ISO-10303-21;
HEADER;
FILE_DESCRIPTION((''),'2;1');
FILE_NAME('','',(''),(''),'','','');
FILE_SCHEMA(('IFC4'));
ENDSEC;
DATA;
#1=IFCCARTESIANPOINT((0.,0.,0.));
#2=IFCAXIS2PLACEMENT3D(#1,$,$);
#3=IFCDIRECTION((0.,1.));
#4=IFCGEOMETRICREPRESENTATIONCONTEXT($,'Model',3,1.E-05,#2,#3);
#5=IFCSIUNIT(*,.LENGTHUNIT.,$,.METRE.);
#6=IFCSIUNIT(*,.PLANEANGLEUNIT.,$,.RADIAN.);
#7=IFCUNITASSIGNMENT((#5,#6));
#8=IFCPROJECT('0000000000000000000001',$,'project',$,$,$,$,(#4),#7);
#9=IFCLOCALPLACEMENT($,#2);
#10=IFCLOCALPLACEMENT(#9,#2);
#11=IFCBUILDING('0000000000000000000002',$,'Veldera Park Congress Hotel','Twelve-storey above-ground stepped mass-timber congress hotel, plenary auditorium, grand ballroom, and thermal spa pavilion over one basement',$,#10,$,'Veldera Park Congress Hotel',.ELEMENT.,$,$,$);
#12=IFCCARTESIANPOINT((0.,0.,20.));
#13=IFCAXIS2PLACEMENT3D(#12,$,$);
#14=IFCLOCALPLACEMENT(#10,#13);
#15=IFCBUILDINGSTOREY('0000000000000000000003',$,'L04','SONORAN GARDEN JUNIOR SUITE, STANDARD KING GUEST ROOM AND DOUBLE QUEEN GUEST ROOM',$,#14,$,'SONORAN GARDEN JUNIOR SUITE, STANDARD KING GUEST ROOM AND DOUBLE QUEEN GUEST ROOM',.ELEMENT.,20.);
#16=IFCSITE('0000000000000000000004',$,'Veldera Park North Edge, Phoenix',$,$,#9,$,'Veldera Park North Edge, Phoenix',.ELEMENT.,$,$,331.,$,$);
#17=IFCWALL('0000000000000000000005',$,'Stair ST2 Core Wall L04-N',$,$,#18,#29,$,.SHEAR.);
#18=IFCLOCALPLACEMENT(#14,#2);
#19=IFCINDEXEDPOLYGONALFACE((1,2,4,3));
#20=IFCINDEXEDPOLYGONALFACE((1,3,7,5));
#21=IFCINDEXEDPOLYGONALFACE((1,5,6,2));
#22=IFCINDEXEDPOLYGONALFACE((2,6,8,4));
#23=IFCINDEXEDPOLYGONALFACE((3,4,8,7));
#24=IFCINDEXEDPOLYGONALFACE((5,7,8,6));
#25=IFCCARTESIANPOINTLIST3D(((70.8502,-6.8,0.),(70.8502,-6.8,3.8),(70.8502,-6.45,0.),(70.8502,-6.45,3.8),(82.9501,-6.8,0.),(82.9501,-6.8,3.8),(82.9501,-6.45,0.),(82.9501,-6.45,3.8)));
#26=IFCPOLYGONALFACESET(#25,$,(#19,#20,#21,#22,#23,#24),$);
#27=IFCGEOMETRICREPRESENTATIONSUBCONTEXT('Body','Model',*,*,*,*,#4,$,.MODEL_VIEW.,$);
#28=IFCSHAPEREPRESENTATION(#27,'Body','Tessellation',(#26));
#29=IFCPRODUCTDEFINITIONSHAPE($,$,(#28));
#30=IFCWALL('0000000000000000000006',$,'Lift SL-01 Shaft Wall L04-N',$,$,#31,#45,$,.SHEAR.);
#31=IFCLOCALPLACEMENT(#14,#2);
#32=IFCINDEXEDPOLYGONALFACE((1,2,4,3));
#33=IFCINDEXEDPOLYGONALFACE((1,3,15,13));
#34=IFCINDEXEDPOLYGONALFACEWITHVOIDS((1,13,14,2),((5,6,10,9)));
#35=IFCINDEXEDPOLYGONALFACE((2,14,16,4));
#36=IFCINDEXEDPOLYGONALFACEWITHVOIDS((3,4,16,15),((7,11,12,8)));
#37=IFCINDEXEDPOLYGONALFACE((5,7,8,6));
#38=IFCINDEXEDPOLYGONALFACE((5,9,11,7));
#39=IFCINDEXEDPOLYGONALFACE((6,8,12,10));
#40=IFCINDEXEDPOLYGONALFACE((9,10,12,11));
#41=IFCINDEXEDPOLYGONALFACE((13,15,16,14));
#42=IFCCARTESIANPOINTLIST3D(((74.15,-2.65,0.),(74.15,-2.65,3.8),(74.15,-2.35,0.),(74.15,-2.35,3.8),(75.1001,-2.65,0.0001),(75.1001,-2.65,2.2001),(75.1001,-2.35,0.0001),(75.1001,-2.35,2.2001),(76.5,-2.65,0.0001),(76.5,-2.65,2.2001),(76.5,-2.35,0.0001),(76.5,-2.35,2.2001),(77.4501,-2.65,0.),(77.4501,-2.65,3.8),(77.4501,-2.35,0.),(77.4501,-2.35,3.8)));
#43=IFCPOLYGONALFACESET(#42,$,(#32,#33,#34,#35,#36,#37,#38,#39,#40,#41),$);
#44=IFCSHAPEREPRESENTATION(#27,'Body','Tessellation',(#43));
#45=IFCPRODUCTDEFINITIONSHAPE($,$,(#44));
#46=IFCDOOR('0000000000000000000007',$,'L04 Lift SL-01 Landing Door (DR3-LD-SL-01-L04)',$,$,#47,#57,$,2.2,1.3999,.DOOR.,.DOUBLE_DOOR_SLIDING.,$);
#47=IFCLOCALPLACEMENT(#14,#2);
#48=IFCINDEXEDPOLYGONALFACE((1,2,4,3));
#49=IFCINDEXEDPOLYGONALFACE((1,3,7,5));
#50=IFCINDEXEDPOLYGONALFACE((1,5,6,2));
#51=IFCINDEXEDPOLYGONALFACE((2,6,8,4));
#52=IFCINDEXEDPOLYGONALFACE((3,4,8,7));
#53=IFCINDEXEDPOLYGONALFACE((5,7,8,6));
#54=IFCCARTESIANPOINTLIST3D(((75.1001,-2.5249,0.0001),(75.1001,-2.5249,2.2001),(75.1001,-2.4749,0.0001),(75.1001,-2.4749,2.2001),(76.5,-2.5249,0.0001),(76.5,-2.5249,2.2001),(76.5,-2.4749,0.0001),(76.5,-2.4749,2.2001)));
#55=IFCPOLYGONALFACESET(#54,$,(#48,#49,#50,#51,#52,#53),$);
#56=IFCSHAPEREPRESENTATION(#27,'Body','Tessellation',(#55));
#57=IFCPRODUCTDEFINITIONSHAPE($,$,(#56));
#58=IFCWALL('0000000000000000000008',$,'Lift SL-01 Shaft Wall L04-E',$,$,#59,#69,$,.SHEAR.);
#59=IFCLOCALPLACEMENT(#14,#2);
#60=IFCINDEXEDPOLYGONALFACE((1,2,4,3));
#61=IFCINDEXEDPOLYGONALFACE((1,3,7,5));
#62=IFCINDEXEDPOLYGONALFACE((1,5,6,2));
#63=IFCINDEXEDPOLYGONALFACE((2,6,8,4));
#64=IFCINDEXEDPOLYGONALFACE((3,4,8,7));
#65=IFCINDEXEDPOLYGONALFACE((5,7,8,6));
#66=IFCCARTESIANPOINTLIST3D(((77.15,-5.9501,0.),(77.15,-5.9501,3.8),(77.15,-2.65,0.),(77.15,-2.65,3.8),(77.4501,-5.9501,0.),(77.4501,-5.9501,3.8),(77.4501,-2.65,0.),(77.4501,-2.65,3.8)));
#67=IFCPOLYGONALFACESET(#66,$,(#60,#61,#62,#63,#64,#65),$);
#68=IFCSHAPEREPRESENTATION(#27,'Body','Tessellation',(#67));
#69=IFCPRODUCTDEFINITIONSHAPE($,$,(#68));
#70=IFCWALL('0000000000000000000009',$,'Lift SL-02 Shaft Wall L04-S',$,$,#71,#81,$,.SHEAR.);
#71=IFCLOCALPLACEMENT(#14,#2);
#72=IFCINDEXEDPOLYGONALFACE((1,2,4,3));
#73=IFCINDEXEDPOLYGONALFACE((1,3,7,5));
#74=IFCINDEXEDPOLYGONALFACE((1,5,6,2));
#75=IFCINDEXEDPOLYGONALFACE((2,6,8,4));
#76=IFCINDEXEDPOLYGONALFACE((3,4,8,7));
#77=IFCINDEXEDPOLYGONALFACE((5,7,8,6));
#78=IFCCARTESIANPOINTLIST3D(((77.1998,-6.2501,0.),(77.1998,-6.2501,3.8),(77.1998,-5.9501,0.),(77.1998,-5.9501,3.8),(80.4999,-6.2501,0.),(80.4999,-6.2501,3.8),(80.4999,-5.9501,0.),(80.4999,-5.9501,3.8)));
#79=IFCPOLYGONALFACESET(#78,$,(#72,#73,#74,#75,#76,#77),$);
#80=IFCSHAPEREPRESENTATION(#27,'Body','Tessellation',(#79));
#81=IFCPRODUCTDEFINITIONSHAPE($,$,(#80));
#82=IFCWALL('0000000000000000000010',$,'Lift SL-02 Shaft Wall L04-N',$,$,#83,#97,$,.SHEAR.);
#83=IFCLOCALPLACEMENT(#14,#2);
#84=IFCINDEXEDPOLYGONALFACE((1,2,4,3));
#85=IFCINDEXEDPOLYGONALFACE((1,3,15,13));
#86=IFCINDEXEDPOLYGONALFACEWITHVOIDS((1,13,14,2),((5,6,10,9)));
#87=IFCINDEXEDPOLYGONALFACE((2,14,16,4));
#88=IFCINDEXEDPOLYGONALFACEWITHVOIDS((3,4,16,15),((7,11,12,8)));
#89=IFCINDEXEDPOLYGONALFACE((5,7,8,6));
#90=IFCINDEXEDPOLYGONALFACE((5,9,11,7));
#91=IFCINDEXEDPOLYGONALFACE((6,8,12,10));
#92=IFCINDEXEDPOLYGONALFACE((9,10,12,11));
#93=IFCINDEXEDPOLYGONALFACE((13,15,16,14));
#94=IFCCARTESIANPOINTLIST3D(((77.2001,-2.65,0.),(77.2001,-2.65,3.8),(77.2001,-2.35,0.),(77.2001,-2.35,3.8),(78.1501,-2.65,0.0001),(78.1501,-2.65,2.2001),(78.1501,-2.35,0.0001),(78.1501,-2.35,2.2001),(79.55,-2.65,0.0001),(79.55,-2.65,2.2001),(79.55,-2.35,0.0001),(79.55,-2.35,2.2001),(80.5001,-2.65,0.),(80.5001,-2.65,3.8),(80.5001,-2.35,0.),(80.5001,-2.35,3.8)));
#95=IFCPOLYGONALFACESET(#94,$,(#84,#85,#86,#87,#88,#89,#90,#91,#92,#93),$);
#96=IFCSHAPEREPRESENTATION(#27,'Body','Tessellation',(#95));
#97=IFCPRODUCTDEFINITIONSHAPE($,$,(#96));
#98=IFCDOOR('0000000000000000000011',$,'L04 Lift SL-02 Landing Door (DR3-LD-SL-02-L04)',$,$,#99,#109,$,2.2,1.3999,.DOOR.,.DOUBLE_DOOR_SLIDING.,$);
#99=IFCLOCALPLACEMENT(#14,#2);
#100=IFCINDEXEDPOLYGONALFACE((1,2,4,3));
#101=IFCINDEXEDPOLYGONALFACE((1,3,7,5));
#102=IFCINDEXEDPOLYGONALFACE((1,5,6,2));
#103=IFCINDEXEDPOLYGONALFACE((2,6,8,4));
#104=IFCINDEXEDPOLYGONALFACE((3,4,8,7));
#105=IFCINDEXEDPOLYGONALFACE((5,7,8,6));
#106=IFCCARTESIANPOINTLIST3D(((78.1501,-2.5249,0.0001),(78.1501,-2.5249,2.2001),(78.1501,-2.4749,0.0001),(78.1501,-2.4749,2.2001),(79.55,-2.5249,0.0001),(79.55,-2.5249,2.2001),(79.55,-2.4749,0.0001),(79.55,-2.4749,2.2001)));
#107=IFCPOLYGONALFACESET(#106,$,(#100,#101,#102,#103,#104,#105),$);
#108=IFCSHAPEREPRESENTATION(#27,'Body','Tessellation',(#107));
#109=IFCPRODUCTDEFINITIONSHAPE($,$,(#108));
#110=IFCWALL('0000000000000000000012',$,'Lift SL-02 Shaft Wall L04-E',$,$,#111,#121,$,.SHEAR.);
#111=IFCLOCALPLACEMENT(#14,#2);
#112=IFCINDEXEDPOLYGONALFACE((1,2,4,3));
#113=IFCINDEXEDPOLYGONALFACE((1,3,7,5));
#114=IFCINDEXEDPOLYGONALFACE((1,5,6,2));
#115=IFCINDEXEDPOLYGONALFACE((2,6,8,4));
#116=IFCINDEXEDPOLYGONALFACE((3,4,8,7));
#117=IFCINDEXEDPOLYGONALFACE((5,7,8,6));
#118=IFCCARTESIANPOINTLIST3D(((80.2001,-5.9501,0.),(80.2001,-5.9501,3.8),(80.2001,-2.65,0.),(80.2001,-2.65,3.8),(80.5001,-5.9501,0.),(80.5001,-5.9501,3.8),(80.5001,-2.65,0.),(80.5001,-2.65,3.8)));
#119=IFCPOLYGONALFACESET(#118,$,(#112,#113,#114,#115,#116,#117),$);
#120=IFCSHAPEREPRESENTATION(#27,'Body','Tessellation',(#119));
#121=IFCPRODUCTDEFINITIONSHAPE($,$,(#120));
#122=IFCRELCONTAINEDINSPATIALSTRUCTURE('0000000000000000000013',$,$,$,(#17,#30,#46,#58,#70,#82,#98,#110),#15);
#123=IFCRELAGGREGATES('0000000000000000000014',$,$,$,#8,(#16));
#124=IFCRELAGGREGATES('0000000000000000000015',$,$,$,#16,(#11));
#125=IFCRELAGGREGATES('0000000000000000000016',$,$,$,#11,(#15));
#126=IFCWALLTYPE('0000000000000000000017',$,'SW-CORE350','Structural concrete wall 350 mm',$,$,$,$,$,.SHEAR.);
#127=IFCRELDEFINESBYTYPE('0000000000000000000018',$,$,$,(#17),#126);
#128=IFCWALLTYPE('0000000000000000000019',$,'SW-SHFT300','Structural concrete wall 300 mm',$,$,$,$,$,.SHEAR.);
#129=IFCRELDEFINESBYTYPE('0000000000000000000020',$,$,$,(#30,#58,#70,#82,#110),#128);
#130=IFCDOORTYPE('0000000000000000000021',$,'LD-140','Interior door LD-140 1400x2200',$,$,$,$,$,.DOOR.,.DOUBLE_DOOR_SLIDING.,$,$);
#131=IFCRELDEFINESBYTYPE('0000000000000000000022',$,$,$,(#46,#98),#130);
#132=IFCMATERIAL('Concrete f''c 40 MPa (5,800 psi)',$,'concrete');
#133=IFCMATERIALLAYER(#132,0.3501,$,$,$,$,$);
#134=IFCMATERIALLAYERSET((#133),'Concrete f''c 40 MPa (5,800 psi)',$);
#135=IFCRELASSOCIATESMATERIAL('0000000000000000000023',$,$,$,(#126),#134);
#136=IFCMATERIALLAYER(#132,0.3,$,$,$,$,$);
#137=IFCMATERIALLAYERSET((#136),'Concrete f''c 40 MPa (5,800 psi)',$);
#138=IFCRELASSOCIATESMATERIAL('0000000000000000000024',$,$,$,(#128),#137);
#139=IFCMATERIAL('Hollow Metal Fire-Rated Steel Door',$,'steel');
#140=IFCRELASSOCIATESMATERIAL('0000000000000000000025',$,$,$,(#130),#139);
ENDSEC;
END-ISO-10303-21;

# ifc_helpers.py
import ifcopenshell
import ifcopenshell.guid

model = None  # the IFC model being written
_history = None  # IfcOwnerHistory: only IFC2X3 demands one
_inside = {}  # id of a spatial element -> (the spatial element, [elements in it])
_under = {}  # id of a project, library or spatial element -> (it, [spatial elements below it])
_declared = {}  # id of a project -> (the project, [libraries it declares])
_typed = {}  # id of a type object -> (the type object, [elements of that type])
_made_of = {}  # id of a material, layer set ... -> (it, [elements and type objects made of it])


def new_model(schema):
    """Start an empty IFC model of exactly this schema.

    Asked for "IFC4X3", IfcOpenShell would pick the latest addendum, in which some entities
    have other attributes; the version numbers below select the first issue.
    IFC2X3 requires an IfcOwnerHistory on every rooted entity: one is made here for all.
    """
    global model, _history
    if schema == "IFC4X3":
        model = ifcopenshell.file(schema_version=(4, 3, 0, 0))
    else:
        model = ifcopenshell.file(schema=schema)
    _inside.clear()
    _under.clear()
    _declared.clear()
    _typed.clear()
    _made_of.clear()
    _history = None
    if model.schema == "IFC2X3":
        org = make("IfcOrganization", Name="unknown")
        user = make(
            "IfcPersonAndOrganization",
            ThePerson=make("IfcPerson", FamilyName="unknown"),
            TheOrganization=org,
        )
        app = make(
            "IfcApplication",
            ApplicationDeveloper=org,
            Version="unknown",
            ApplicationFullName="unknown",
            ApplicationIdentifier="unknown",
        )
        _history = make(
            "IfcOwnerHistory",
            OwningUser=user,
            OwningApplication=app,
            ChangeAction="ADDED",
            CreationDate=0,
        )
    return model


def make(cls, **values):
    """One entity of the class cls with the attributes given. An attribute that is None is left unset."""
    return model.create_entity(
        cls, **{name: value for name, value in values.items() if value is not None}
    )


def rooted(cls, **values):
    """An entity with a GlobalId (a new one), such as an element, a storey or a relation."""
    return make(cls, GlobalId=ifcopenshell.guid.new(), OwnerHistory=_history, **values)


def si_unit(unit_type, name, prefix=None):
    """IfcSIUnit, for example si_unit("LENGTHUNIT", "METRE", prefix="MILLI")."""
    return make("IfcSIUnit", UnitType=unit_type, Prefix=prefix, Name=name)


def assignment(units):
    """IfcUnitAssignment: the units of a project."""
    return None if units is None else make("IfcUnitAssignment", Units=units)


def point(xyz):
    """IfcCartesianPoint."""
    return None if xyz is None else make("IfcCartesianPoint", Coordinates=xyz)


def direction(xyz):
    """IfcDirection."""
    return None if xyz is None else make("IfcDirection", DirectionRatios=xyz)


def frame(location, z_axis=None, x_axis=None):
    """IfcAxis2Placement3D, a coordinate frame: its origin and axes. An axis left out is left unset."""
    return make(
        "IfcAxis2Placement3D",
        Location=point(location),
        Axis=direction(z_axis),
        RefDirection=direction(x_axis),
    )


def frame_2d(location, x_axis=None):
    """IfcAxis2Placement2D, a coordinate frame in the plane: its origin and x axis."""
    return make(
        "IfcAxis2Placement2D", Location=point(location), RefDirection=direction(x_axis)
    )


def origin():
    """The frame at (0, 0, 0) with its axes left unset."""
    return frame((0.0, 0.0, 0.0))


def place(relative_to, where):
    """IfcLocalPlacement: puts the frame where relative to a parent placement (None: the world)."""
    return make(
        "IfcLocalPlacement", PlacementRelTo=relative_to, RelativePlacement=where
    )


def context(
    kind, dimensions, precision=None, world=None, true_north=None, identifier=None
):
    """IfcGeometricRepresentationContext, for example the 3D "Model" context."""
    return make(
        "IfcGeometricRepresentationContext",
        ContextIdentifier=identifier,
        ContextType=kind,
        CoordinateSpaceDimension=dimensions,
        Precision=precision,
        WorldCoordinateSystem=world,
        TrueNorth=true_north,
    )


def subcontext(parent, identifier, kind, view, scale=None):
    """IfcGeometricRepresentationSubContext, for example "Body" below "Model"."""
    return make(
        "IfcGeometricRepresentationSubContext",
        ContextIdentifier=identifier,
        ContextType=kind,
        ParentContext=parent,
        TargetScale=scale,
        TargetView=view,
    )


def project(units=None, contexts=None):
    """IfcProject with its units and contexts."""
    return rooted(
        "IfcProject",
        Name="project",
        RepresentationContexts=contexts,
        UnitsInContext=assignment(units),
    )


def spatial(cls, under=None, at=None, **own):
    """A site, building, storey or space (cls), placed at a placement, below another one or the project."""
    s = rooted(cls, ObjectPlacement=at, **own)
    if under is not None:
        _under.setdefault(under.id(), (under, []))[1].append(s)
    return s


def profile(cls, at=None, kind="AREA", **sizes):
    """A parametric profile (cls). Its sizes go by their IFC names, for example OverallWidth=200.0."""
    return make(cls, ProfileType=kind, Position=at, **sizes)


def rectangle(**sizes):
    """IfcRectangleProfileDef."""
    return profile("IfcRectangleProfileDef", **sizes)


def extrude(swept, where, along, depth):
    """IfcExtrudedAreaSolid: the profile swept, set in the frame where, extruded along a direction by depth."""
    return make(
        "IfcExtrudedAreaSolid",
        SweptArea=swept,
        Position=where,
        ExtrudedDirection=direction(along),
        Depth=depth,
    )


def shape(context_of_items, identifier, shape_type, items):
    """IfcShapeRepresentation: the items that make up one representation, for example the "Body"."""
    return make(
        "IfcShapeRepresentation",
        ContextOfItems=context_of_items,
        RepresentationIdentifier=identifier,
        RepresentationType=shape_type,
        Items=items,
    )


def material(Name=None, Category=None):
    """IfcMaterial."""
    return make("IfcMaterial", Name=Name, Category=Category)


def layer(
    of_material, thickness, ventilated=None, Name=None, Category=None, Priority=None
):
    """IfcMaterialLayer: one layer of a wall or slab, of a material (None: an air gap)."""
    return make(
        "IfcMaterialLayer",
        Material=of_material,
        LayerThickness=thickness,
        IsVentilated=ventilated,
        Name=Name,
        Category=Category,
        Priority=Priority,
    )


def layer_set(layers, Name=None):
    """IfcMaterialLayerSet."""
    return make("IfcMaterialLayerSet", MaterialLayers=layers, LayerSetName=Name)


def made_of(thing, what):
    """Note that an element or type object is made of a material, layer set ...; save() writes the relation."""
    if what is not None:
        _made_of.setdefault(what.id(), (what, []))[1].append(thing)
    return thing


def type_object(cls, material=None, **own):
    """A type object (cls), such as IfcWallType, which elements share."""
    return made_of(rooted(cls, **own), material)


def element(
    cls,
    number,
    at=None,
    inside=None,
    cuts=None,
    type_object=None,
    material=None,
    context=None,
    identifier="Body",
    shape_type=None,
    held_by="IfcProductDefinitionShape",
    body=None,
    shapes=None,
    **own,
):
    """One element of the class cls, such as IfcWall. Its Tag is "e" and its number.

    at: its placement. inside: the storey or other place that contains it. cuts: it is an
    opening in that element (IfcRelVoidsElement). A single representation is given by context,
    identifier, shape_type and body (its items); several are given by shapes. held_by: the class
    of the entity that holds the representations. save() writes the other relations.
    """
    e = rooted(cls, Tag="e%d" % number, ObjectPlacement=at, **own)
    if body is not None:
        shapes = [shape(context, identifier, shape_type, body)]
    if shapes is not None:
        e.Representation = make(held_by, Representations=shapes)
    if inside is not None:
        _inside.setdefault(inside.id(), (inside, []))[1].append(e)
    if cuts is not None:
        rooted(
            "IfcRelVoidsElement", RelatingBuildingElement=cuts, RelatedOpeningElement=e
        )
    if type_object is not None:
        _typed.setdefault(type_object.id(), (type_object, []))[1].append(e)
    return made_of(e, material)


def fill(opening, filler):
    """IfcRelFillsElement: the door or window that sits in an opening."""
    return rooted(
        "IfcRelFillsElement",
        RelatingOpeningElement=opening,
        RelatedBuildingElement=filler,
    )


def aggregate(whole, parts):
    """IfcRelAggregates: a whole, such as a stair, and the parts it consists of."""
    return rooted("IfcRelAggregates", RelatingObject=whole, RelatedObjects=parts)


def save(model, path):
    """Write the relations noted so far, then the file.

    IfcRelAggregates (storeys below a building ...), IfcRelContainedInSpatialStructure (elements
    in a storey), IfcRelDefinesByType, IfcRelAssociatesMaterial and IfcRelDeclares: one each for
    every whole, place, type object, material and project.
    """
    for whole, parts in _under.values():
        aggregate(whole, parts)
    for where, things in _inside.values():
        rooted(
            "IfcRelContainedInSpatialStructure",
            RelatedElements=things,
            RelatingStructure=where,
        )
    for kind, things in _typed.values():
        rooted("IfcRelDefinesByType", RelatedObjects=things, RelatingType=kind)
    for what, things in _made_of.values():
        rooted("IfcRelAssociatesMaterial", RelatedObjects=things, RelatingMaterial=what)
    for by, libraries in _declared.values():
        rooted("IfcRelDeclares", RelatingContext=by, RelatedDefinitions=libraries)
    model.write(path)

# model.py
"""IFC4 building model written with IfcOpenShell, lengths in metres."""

from ifc_helpers import new_model, si_unit, direction, frame, frame_2d, origin, place, context, subcontext, project, spatial, rectangle, extrude, material, layer, layer_set, type_object, element, fill, save


model = new_model("IFC4")

# Units and contexts
model_context = context("Model", 3, precision=1e-05, world=origin(), true_north=direction((0.0, 1.0)))
body_context = subcontext(model_context, "Body", "Model", "MODEL_VIEW")
ifc_project = project(units=[si_unit("LENGTHUNIT", "METRE"), si_unit("PLANEANGLEUNIT", "RADIAN")], contexts=[model_context])

# Site, building, storey
site_placement = place(None, origin())
site = spatial("IfcSite", under=ifc_project, at=site_placement, Name="Veldera Park North Edge, Phoenix", LongName="Veldera Park North Edge, Phoenix", CompositionType="ELEMENT", RefElevation=331.0)
building_placement = place(site_placement, origin())
building = spatial("IfcBuilding", under=site, at=building_placement, Name="Veldera Park Congress Hotel", Description="Twelve-storey above-ground stepped mass-timber congress hotel, plenary auditorium, grand ballroom, and thermal spa pavilion over one basement", LongName="Veldera Park Congress Hotel", CompositionType="ELEMENT")
storey_placement = place(building_placement, frame((0.0, 0.0, 20.0)))
storey = spatial("IfcBuildingStorey", under=building, at=storey_placement, Name="L04", Description="SONORAN GARDEN JUNIOR SUITE, STANDARD KING GUEST ROOM AND DOUBLE QUEEN GUEST ROOM", LongName="SONORAN GARDEN JUNIOR SUITE, STANDARD KING GUEST ROOM AND DOUBLE QUEEN GUEST ROOM", CompositionType="ELEMENT", Elevation=20.0)

# Wall
ifc_material_1 = material(Name="Concrete f'c 40 MPa (5,800 psi)", Category="concrete")
ifc_layer_1 = layer(ifc_material_1, 0.3501)
ifc_layer_set_1 = layer_set([ifc_layer_1], Name="Concrete f'c 40 MPa (5,800 psi)")
wall_type_1 = type_object("IfcWallType", Name="SW-CORE350", Description="Structural concrete wall 350 mm", PredefinedType="SHEAR", material=ifc_layer_set_1)
wall_1_placement = place(storey_placement, frame((82.95, -6.625, 0.0), z_axis=(0.0, 0.0, 1.0), x_axis=(-1.0, 0.0, 0.0)))
element("IfcWall", 1, at=wall_1_placement, inside=storey, type_object=wall_type_1, Name="Stair ST2 Core Wall L04-N", PredefinedType="SHEAR", context=body_context, shape_type="SweptSolid", body=[
    extrude(rectangle(XDim=12.0999, YDim=0.3501, at=frame_2d((6.0498, 0.0))), origin(), (0.0, 0.0, 1.0), 3.8),
])

# Wall, opening, door
ifc_layer_2 = layer(ifc_material_1, 0.3)
ifc_layer_set_2 = layer_set([ifc_layer_2], Name="Concrete f'c 40 MPa (5,800 psi)")
wall_type_2 = type_object("IfcWallType", Name="SW-SHFT300", Description="Structural concrete wall 300 mm", PredefinedType="SHEAR", material=ifc_layer_set_2)
wall_2_placement = place(storey_placement, frame((77.45, -2.5, 0.0), z_axis=(0.0, 0.0, 1.0), x_axis=(-1.0, 0.0, 0.0)))
wall_2 = element("IfcWall", 2, at=wall_2_placement, inside=storey, type_object=wall_type_2, Name="Lift SL-01 Shaft Wall L04-N", PredefinedType="SHEAR", context=body_context, shape_type="SweptSolid", body=[
    extrude(rectangle(XDim=3.3, YDim=0.3, at=frame_2d((1.6499, 0.0))), origin(), (0.0, 0.0, 1.0), 3.8),
])
opening_1_placement = place(wall_2_placement, frame((0.95, 0.0, 0.0)))
opening_1 = element("IfcOpeningElement", 3, at=opening_1_placement, cuts=wall_2, PredefinedType="OPENING", context=body_context, shape_type="SweptSolid", body=[
    extrude(rectangle(XDim=1.3999, YDim=2.2, at=frame_2d((0.7, 1.1001))), frame((0.0, 0.1621, 0.0), z_axis=(0.0, -1.0, 0.0), x_axis=(1.0, 0.0, 0.0)), (0.0, 0.0, 1.0), 0.324),
])
ifc_material_2 = material(Name="Hollow Metal Fire-Rated Steel Door", Category="steel")
door_type = type_object("IfcDoorType", Name="LD-140", Description="Interior door LD-140 1400x2200", OperationType="DOUBLE_DOOR_SLIDING", PredefinedType="DOOR", material=ifc_material_2)
door_1_placement = place(opening_1_placement, origin())
door_1 = element("IfcDoor", 4, at=door_1_placement, inside=storey, type_object=door_type, Name="L04 Lift SL-01 Landing Door (DR3-LD-SL-01-L04)", OperationType="DOUBLE_DOOR_SLIDING", OverallHeight=2.2, OverallWidth=1.3999, PredefinedType="DOOR", context=body_context, shape_type="SweptSolid", body=[
    extrude(rectangle(XDim=1.3999, YDim=2.2, at=frame_2d((0.7, 1.1001))), frame((0.0, 0.0249, 0.0), z_axis=(0.0, -1.0, 0.0), x_axis=(1.0, 0.0, 0.0)), (0.0, 0.0, 1.0), 0.05),
])
fill(opening_1, door_1)

# Walls
for number, where, z_axis, x_axis, name in (
    (5, (77.3, -5.95, 0.0), (0.0, 0.0, 1.0), (0.0, 1.0, 0.0), "Lift SL-01 Shaft Wall L04-E"),
    (6, (77.2, -6.1001, 0.0), (0.0, 0.0, 1.0), (1.0, 0.0, 0.0), "Lift SL-02 Shaft Wall L04-S"),
):
    element("IfcWall", number, at=place(storey_placement, frame(where, z_axis=z_axis, x_axis=x_axis)), inside=storey, type_object=wall_type_2, Name=name, PredefinedType="SHEAR", context=body_context, shape_type="SweptSolid", body=[
        extrude(rectangle(XDim=3.3, YDim=0.3, at=frame_2d((1.6499, 0.0))), origin(), (0.0, 0.0, 1.0), 3.8),
    ])

# Wall, opening, door
wall_3_placement = place(storey_placement, frame((80.5, -2.5, 0.0), z_axis=(0.0, 0.0, 1.0), x_axis=(-1.0, 0.0, 0.0)))
wall_3 = element("IfcWall", 7, at=wall_3_placement, inside=storey, type_object=wall_type_2, Name="Lift SL-02 Shaft Wall L04-N", PredefinedType="SHEAR", context=body_context, shape_type="SweptSolid", body=[
    extrude(rectangle(XDim=3.3, YDim=0.3, at=frame_2d((1.6499, 0.0))), origin(), (0.0, 0.0, 1.0), 3.8),
])
opening_2_placement = place(wall_3_placement, frame((0.95, 0.0, 0.0)))
opening_2 = element("IfcOpeningElement", 8, at=opening_2_placement, cuts=wall_3, PredefinedType="OPENING", context=body_context, shape_type="SweptSolid", body=[
    extrude(rectangle(XDim=1.3999, YDim=2.2, at=frame_2d((0.7, 1.1001))), frame((0.0, 0.1621, 0.0), z_axis=(0.0, -1.0, 0.0), x_axis=(1.0, 0.0, 0.0)), (0.0, 0.0, 1.0), 0.324),
])
door_2_placement = place(opening_2_placement, origin())
door_2 = element("IfcDoor", 9, at=door_2_placement, inside=storey, type_object=door_type, Name="L04 Lift SL-02 Landing Door (DR3-LD-SL-02-L04)", OperationType="DOUBLE_DOOR_SLIDING", OverallHeight=2.2, OverallWidth=1.3999, PredefinedType="DOOR", context=body_context, shape_type="SweptSolid", body=[
    extrude(rectangle(XDim=1.3999, YDim=2.2, at=frame_2d((0.7, 1.1001))), frame((0.0, 0.0249, 0.0), z_axis=(0.0, -1.0, 0.0), x_axis=(1.0, 0.0, 0.0)), (0.0, 0.0, 1.0), 0.05),
])
fill(opening_2, door_2)

# Wall
wall_4_placement = place(storey_placement, frame((80.3501, -5.95, 0.0), z_axis=(0.0, 0.0, 1.0), x_axis=(0.0, 1.0, 0.0)))
element("IfcWall", 10, at=wall_4_placement, inside=storey, type_object=wall_type_2, Name="Lift SL-02 Shaft Wall L04-E", PredefinedType="SHEAR", context=body_context, shape_type="SweptSolid", body=[
    extrude(rectangle(XDim=3.3, YDim=0.3, at=frame_2d((1.6499, 0.0))), origin(), (0.0, 0.0, 1.0), 3.8),
])

save(model, "model.ifc")
